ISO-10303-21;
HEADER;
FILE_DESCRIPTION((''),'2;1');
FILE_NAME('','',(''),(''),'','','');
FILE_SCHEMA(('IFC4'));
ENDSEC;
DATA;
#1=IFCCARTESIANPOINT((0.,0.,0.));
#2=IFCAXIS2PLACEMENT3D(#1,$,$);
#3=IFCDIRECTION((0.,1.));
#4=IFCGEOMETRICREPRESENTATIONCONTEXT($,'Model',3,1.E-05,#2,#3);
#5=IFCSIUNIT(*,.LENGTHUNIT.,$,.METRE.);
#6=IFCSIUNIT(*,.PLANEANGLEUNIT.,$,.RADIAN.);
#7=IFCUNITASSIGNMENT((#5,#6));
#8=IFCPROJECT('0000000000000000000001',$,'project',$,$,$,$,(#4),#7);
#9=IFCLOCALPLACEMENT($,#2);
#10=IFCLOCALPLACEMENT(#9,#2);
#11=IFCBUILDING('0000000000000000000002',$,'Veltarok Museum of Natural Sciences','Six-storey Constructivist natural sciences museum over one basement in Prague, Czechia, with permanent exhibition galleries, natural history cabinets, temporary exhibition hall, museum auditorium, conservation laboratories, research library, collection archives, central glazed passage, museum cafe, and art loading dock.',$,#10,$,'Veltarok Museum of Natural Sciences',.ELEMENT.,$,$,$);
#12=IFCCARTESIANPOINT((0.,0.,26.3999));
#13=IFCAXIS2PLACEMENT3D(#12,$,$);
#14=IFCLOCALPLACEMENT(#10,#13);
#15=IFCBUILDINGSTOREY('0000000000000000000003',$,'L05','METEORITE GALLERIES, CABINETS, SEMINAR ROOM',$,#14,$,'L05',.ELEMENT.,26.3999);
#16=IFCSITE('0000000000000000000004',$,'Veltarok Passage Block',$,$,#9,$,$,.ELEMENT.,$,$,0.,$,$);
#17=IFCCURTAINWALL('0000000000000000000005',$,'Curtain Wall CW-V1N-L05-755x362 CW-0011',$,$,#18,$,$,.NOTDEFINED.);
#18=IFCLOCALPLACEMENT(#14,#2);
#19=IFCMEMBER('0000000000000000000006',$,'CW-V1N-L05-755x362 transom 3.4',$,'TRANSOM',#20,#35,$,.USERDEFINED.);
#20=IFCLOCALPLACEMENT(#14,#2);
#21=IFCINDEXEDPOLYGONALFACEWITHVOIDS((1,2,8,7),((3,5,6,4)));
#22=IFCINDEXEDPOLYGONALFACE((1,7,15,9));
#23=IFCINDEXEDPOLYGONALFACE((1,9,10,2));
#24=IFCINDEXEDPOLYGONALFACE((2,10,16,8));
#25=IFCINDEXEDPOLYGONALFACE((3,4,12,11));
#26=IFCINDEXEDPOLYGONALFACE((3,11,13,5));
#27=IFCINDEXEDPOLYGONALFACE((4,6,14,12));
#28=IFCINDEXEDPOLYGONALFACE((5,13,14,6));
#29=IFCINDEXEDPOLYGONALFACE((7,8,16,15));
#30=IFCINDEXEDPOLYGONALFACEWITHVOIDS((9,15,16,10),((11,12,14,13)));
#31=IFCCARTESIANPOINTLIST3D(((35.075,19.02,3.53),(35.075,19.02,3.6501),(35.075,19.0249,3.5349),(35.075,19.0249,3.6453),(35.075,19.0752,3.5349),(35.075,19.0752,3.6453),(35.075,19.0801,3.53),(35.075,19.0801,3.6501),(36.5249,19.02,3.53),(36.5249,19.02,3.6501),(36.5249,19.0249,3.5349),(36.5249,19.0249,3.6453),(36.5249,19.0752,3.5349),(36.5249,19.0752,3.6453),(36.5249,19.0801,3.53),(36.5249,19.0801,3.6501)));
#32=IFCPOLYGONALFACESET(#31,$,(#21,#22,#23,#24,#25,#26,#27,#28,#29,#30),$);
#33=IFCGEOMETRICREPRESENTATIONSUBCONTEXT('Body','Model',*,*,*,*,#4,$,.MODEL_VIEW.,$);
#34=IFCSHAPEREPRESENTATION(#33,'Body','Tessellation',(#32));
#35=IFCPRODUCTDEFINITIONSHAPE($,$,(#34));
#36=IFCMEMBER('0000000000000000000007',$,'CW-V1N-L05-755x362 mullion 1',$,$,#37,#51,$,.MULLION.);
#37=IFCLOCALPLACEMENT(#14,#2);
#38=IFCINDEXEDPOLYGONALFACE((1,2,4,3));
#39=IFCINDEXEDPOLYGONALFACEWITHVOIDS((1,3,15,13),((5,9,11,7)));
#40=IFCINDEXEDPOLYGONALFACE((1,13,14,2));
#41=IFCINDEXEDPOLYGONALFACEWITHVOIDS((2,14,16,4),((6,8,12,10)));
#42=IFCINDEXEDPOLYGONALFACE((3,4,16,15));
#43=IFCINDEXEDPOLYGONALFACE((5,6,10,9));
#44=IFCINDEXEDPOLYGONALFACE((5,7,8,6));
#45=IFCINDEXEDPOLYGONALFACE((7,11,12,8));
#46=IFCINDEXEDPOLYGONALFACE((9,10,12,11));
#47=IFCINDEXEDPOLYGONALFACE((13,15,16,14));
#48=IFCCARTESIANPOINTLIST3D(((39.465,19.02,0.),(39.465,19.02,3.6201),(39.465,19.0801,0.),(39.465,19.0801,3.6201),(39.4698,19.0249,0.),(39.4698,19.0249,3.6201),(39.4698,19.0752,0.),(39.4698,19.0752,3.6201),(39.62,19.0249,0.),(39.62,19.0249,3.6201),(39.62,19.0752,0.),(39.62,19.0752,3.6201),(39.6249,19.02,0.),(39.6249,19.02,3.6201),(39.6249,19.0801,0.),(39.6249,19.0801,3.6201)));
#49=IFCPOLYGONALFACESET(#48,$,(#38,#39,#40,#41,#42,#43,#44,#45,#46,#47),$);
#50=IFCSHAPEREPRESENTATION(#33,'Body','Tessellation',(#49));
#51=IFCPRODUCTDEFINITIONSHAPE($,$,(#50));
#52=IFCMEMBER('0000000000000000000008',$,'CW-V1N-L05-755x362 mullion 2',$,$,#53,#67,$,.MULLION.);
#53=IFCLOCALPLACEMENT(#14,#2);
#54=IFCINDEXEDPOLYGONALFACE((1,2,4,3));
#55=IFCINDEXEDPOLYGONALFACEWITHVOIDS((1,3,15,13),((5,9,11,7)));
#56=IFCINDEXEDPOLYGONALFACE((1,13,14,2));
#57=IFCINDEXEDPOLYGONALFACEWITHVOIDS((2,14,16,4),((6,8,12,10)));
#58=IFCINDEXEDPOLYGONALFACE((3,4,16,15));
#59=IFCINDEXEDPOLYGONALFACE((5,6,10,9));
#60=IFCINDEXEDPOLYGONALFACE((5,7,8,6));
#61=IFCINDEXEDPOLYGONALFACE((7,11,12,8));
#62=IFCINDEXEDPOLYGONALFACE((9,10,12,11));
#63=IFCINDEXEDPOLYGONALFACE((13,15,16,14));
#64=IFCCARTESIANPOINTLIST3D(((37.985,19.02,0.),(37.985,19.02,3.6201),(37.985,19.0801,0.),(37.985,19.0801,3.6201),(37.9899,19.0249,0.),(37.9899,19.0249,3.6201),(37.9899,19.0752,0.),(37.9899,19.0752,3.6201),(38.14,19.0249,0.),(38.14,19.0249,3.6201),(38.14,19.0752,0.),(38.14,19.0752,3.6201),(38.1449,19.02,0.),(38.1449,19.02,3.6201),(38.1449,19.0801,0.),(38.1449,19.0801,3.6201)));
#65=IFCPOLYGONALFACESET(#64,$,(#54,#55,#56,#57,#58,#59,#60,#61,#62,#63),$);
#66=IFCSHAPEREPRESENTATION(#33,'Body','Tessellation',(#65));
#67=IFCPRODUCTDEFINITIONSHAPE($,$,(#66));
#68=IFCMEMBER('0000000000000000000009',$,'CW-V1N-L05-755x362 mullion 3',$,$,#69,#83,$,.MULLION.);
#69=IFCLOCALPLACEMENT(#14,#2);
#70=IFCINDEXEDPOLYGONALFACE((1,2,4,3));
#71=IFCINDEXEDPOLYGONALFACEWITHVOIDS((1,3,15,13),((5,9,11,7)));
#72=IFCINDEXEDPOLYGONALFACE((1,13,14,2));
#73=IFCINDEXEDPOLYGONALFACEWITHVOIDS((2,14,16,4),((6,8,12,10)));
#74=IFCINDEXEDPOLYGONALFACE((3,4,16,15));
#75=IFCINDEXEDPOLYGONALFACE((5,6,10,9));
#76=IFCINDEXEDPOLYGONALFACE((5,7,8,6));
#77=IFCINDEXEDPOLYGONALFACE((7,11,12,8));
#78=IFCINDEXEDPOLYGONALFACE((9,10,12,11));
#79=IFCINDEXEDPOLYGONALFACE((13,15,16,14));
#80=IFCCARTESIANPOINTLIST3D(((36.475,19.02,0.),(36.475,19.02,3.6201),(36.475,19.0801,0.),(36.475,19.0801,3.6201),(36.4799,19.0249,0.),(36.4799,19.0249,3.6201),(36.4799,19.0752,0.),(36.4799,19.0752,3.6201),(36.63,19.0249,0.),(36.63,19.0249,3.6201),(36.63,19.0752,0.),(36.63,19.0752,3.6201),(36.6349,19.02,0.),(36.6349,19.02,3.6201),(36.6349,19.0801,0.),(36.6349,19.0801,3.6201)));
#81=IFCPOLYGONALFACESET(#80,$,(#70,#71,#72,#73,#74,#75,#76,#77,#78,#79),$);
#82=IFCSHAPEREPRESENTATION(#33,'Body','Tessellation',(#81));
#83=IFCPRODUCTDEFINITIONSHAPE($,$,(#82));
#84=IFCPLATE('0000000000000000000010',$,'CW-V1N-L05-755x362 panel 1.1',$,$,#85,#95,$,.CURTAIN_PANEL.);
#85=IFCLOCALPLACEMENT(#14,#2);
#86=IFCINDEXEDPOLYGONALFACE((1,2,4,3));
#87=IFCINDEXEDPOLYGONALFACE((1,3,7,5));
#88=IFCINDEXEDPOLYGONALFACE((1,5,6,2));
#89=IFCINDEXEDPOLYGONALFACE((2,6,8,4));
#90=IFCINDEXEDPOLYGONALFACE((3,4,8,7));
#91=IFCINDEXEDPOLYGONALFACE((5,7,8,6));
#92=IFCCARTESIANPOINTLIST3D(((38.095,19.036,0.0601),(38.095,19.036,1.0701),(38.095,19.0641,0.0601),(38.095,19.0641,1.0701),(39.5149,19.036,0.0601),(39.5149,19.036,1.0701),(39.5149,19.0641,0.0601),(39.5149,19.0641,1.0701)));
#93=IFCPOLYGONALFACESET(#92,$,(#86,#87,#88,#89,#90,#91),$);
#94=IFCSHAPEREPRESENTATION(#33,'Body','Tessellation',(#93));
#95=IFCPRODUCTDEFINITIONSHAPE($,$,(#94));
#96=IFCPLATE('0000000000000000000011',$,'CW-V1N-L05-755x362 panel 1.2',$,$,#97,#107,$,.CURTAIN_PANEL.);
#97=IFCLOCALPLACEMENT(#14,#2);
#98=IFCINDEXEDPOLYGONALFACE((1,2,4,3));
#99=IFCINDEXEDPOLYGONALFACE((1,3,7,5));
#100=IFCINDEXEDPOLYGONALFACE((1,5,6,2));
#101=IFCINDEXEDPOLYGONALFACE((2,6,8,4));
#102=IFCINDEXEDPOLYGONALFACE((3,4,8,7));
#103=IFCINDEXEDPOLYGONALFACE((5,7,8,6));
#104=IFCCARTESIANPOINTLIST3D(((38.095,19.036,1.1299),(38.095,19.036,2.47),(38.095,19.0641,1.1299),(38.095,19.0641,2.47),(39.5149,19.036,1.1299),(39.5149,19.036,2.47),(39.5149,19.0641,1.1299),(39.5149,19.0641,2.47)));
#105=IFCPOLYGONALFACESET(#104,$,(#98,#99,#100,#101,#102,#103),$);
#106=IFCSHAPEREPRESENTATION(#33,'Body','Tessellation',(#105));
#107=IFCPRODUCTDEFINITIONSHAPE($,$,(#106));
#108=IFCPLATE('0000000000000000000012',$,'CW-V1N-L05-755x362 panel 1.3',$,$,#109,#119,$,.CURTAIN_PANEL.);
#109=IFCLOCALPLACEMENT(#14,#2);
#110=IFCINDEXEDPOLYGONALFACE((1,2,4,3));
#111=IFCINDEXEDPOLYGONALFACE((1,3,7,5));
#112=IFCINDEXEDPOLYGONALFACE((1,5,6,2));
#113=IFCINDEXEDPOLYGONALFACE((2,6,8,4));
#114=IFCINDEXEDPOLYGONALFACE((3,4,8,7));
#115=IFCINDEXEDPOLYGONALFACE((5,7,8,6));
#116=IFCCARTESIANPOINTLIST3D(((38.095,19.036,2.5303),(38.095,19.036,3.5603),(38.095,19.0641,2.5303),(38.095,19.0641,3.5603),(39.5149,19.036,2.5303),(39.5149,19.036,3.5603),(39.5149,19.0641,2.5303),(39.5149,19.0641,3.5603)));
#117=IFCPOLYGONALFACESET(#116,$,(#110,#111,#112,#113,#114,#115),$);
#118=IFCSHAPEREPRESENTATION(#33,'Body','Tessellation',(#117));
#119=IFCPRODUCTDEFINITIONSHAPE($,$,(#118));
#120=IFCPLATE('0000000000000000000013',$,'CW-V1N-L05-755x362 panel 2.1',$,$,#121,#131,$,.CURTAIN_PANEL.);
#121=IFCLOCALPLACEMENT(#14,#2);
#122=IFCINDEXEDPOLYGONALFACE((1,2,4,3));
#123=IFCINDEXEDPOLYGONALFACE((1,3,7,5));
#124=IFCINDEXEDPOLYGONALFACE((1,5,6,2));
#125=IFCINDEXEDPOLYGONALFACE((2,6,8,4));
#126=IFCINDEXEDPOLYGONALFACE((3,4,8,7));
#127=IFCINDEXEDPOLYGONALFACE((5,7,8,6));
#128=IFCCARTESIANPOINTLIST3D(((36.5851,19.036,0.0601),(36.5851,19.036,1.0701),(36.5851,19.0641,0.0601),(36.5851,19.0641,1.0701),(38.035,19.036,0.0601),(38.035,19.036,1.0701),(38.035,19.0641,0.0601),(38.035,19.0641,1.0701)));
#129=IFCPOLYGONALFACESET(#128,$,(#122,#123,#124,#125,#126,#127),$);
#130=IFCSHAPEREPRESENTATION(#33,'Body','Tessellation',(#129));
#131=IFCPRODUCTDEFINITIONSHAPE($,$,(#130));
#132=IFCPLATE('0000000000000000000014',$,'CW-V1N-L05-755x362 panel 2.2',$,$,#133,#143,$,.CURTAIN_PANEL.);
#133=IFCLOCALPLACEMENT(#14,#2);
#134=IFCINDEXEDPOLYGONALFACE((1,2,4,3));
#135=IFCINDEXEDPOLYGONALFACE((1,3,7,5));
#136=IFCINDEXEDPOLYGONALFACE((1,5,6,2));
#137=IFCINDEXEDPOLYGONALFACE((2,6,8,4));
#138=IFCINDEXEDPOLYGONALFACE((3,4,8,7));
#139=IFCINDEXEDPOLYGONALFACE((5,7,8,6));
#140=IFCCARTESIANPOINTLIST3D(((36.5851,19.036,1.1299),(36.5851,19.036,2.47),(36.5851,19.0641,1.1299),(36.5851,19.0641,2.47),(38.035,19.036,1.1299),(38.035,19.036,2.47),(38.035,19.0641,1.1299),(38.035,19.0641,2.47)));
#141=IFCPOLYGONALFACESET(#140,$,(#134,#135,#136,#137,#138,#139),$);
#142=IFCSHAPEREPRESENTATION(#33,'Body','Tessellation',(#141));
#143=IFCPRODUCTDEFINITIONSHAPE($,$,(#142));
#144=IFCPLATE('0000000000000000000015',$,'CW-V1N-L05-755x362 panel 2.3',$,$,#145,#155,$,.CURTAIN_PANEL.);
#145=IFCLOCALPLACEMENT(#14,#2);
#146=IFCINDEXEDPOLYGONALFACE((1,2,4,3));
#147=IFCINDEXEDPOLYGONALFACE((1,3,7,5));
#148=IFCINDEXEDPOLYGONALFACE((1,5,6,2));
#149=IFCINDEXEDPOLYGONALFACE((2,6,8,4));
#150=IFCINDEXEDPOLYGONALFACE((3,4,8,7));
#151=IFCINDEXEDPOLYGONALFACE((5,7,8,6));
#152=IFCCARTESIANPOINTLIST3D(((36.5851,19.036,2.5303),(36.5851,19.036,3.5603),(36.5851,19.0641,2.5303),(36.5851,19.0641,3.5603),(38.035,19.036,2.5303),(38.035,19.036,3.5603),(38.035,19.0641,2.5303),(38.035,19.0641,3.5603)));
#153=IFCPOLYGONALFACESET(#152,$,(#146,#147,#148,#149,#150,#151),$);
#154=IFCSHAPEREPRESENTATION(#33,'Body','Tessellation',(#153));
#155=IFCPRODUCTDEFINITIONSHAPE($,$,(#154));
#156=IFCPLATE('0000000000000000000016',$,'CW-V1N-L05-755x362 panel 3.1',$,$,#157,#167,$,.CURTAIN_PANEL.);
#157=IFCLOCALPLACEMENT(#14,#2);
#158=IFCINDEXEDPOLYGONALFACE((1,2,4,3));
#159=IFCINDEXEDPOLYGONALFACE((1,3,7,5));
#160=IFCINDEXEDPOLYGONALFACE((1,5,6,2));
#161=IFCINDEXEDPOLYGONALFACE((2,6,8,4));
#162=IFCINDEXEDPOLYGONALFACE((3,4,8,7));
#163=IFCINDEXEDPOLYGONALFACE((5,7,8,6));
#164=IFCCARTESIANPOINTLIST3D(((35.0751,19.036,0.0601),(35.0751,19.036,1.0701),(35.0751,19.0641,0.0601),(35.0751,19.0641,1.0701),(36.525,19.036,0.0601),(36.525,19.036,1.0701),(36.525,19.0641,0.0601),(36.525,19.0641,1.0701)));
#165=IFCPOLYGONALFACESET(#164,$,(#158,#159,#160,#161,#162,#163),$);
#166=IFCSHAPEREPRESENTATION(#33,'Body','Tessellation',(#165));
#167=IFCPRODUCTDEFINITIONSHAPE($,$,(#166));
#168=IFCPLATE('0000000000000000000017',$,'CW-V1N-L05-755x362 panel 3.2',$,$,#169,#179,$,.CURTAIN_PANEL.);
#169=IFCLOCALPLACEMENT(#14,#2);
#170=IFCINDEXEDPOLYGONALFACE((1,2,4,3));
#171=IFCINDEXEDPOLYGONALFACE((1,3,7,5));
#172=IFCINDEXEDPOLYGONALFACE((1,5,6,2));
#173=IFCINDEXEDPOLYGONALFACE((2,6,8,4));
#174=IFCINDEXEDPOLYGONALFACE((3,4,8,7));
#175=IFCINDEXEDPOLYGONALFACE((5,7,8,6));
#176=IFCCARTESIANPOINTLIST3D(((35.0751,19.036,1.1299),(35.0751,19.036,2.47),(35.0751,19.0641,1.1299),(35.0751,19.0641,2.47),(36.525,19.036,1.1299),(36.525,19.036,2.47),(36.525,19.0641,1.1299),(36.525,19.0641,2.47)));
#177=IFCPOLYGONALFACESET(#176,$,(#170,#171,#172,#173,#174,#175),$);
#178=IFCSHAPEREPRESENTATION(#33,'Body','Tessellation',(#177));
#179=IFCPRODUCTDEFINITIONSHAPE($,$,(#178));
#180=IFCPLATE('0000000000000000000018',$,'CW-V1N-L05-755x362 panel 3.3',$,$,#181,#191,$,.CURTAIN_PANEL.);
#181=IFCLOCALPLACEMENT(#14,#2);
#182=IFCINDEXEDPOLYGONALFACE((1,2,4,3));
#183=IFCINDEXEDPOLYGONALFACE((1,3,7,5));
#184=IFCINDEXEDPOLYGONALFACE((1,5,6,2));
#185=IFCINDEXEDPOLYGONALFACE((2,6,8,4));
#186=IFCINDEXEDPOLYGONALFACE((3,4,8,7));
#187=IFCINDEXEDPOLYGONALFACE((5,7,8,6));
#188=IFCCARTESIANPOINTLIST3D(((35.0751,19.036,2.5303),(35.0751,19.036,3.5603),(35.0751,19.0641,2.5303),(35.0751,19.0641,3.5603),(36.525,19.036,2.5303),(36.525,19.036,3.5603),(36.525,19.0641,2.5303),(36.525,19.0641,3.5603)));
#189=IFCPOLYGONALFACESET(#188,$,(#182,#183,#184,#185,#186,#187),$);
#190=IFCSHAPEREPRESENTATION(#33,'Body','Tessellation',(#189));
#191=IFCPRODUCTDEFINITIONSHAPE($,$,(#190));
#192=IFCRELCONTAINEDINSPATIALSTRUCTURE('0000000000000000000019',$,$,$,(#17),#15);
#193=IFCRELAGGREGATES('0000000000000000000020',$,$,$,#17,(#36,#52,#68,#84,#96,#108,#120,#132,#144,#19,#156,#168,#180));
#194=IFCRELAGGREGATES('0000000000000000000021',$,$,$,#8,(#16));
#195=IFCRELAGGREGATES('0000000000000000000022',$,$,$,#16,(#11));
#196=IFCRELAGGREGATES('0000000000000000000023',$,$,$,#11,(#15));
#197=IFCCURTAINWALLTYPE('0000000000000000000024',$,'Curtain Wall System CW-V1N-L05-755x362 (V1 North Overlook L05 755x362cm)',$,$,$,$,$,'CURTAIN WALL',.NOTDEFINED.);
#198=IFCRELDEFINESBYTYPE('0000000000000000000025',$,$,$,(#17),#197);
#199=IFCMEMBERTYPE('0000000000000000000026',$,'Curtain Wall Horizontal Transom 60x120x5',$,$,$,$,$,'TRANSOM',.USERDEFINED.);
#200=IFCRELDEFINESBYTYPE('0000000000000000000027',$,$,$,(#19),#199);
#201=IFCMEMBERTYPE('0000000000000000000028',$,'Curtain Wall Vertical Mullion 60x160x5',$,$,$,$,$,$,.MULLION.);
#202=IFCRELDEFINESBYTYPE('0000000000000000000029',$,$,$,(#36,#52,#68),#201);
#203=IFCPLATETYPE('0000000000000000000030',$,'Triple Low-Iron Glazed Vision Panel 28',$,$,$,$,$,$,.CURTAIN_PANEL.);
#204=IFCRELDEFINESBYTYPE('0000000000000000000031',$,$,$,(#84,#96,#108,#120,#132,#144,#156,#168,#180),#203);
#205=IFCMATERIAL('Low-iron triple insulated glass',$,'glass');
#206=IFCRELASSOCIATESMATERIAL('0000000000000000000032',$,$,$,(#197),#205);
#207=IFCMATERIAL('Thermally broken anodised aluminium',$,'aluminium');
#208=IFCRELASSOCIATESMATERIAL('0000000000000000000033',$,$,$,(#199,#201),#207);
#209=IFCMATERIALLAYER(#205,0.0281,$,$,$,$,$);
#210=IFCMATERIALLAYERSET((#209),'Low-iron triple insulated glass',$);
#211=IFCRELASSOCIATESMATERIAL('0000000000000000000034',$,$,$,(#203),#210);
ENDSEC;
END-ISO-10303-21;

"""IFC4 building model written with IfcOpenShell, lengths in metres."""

from ifc_helpers import new_model, si_unit, direction, frame, origin, origin_2d, place, context, subcontext, project, spatial, rectangle, hollow_rectangle, extrude, material, layer, layer_set, material_profile, profile_set, type_object, element, aggregate, save


model = new_model("IFC4")

# Units and contexts
model_context = context("Model", 3, precision=1e-05, world=origin(), true_north=direction((0.0, 1.0)))
body_context = subcontext(model_context, "Body", "Model", "MODEL_VIEW")
ifc_project = project(units=[si_unit("LENGTHUNIT", "METRE"), si_unit("PLANEANGLEUNIT", "RADIAN")], contexts=[model_context])

# Site, building, storey
site_placement = place(None, origin())
site = spatial("IfcSite", under=ifc_project, at=site_placement, Name="Veltarok Passage Block", CompositionType="ELEMENT", RefElevation=0.0)
building_placement = place(site_placement, origin())
building = spatial("IfcBuilding", under=site, at=building_placement, Name="Veltarok Museum of Natural Sciences", Description="Six-storey Constructivist natural sciences museum over one basement in Prague, Czechia, with permanent exhibition galleries, natural history cabinets, temporary exhibition hall, museum auditorium, conservation laboratories, research library, collection archives, central glazed passage, museum cafe, and art loading dock.", LongName="Veltarok Museum of Natural Sciences", CompositionType="ELEMENT")
storey_placement = place(building_placement, frame((0.0, 0.0, 26.3999)))
storey = spatial("IfcBuildingStorey", under=building, at=storey_placement, Name="L05", Description="METEORITE GALLERIES, CABINETS, SEMINAR ROOM", LongName="L05", CompositionType="ELEMENT", Elevation=26.3999)

# Curtain wall, members, plates
ifc_material_1 = material(Name="Low-iron triple insulated glass", Category="glass")
curtain_wall_type = type_object("IfcCurtainWallType", Name="Curtain Wall System CW-V1N-L05-755x362 (V1 North Overlook L05 755x362cm)", ElementType="CURTAIN WALL", PredefinedType="NOTDEFINED", material=ifc_material_1)
curtain_wall_placement = place(storey_placement, origin())
curtain_wall = element("IfcCurtainWall", 1, at=curtain_wall_placement, inside=storey, type_object=curtain_wall_type, Name="Curtain Wall CW-V1N-L05-755x362 CW-0011", PredefinedType="NOTDEFINED")
ifc_material_2 = material(Name="Thermally broken anodised aluminium", Category="aluminium")
ifc_material_profile_1 = material_profile(ifc_material_2, hollow_rectangle(XDim=0.0601, YDim=0.1201, WallThickness=0.0049, at=origin_2d()), Name="CW TRANSOM 60x120x5")
ifc_profile_set_1 = profile_set([ifc_material_profile_1], Name="Thermally broken anodised aluminium")
member_type_1 = type_object("IfcMemberType", Name="Curtain Wall Horizontal Transom 60x120x5", ElementType="TRANSOM", PredefinedType="USERDEFINED", material=ifc_profile_set_1)
member_1_placement = place(storey_placement, frame((36.5249, 19.05, 3.5901), z_axis=(-1.0, 0.0, 0.0), x_axis=(0.0, -1.0, 0.0)))
member_1 = element("IfcMember", 2, at=member_1_placement, type_object=member_type_1, Name="CW-V1N-L05-755x362 transom 3.4", ObjectType="TRANSOM", PredefinedType="USERDEFINED", context=body_context, shape_type="SweptSolid", body=[
    extrude(hollow_rectangle(XDim=0.0601, YDim=0.1201, WallThickness=0.0049, at=origin_2d()), origin(), (0.0, 0.0, 1.0), 1.45),
])
ifc_material_profile_2 = material_profile(ifc_material_2, hollow_rectangle(XDim=0.0601, YDim=0.1599, WallThickness=0.0049, at=origin_2d()), Name="CW MULLION 60x160x5")
ifc_profile_set_2 = profile_set([ifc_material_profile_2], Name="Thermally broken anodised aluminium")
member_type_2 = type_object("IfcMemberType", Name="Curtain Wall Vertical Mullion 60x160x5", PredefinedType="MULLION", material=ifc_profile_set_2)
member_2_placement = place(storey_placement, frame((39.5449, 19.05, 0.0), z_axis=(0.0, 0.0, 1.0), x_axis=(0.0, -1.0, 0.0)))
member_2 = element("IfcMember", 3, at=member_2_placement, type_object=member_type_2, Name="CW-V1N-L05-755x362 mullion 1", PredefinedType="MULLION", context=body_context, shape_type="SweptSolid", body=[
    extrude(hollow_rectangle(XDim=0.0601, YDim=0.1599, WallThickness=0.0049, at=origin_2d()), origin(), (0.0, 0.0, 1.0), 3.6201),
])
member_3_placement = place(storey_placement, frame((38.0649, 19.05, 0.0), z_axis=(0.0, 0.0, 1.0), x_axis=(0.0, -1.0, 0.0)))
member_3 = element("IfcMember", 4, at=member_3_placement, type_object=member_type_2, Name="CW-V1N-L05-755x362 mullion 2", PredefinedType="MULLION", context=body_context, shape_type="SweptSolid", body=[
    extrude(hollow_rectangle(XDim=0.0601, YDim=0.1599, WallThickness=0.0049, at=origin_2d()), origin(), (0.0, 0.0, 1.0), 3.6201),
])
member_4_placement = place(storey_placement, frame((36.5549, 19.05, 0.0), z_axis=(0.0, 0.0, 1.0), x_axis=(0.0, -1.0, 0.0)))
member_4 = element("IfcMember", 5, at=member_4_placement, type_object=member_type_2, Name="CW-V1N-L05-755x362 mullion 3", PredefinedType="MULLION", context=body_context, shape_type="SweptSolid", body=[
    extrude(hollow_rectangle(XDim=0.0601, YDim=0.1599, WallThickness=0.0049, at=origin_2d()), origin(), (0.0, 0.0, 1.0), 3.6201),
])
ifc_layer = layer(ifc_material_1, 0.0281)
ifc_layer_set = layer_set([ifc_layer], Name="Low-iron triple insulated glass")
plate_type = type_object("IfcPlateType", Name="Triple Low-Iron Glazed Vision Panel 28", PredefinedType="CURTAIN_PANEL", material=ifc_layer_set)
plate_1_placement = place(storey_placement, frame((38.8049, 19.05, 0.0601), z_axis=(0.0, 0.0, 1.0), x_axis=(-1.0, 0.0, 0.0)))
plate_1 = element("IfcPlate", 6, at=plate_1_placement, type_object=plate_type, Name="CW-V1N-L05-755x362 panel 1.1", PredefinedType="CURTAIN_PANEL", context=body_context, shape_type="SweptSolid", body=[
    extrude(rectangle(XDim=1.4199, YDim=0.0281, at=origin_2d()), origin(), (0.0, 0.0, 1.0), 1.01),
])
plate_2_placement = place(storey_placement, frame((38.8049, 19.05, 1.1299), z_axis=(0.0, 0.0, 1.0), x_axis=(-1.0, 0.0, 0.0)))
plate_2 = element("IfcPlate", 7, at=plate_2_placement, type_object=plate_type, Name="CW-V1N-L05-755x362 panel 1.2", PredefinedType="CURTAIN_PANEL", context=body_context, shape_type="SweptSolid", body=[
    extrude(rectangle(XDim=1.4199, YDim=0.0281, at=origin_2d()), origin(), (0.0, 0.0, 1.0), 1.3401),
])
plate_3_placement = place(storey_placement, frame((38.8049, 19.05, 2.5303), z_axis=(0.0, 0.0, 1.0), x_axis=(-1.0, 0.0, 0.0)))
plate_3 = element("IfcPlate", 8, at=plate_3_placement, type_object=plate_type, Name="CW-V1N-L05-755x362 panel 1.3", PredefinedType="CURTAIN_PANEL", context=body_context, shape_type="SweptSolid", body=[
    extrude(rectangle(XDim=1.4199, YDim=0.0281, at=origin_2d()), origin(), (0.0, 0.0, 1.0), 1.03),
])
plate_4_placement = place(storey_placement, frame((37.3101, 19.05, 0.0601), z_axis=(0.0, 0.0, 1.0), x_axis=(-1.0, 0.0, 0.0)))
plate_4 = element("IfcPlate", 9, at=plate_4_placement, type_object=plate_type, Name="CW-V1N-L05-755x362 panel 2.1", PredefinedType="CURTAIN_PANEL", context=body_context, shape_type="SweptSolid", body=[
    extrude(rectangle(XDim=1.45, YDim=0.0281, at=origin_2d()), origin(), (0.0, 0.0, 1.0), 1.01),
])
plate_5_placement = place(storey_placement, frame((37.3101, 19.05, 1.1299), z_axis=(0.0, 0.0, 1.0), x_axis=(-1.0, 0.0, 0.0)))
plate_5 = element("IfcPlate", 10, at=plate_5_placement, type_object=plate_type, Name="CW-V1N-L05-755x362 panel 2.2", PredefinedType="CURTAIN_PANEL", context=body_context, shape_type="SweptSolid", body=[
    extrude(rectangle(XDim=1.45, YDim=0.0281, at=origin_2d()), origin(), (0.0, 0.0, 1.0), 1.3401),
])
plate_6_placement = place(storey_placement, frame((37.3101, 19.05, 2.5303), z_axis=(0.0, 0.0, 1.0), x_axis=(-1.0, 0.0, 0.0)))
plate_6 = element("IfcPlate", 11, at=plate_6_placement, type_object=plate_type, Name="CW-V1N-L05-755x362 panel 2.3", PredefinedType="CURTAIN_PANEL", context=body_context, shape_type="SweptSolid", body=[
    extrude(rectangle(XDim=1.45, YDim=0.0281, at=origin_2d()), origin(), (0.0, 0.0, 1.0), 1.03),
])
plate_7_placement = place(storey_placement, frame((35.8, 19.05, 0.0601), z_axis=(0.0, 0.0, 1.0), x_axis=(-1.0, 0.0, 0.0)))
plate_7 = element("IfcPlate", 12, at=plate_7_placement, type_object=plate_type, Name="CW-V1N-L05-755x362 panel 3.1", PredefinedType="CURTAIN_PANEL", context=body_context, shape_type="SweptSolid", body=[
    extrude(rectangle(XDim=1.45, YDim=0.0281, at=origin_2d()), origin(), (0.0, 0.0, 1.0), 1.01),
])
plate_8_placement = place(storey_placement, frame((35.8, 19.05, 1.1299), z_axis=(0.0, 0.0, 1.0), x_axis=(-1.0, 0.0, 0.0)))
plate_8 = element("IfcPlate", 13, at=plate_8_placement, type_object=plate_type, Name="CW-V1N-L05-755x362 panel 3.2", PredefinedType="CURTAIN_PANEL", context=body_context, shape_type="SweptSolid", body=[
    extrude(rectangle(XDim=1.45, YDim=0.0281, at=origin_2d()), origin(), (0.0, 0.0, 1.0), 1.3401),
])
plate_9_placement = place(storey_placement, frame((35.8, 19.05, 2.5303), z_axis=(0.0, 0.0, 1.0), x_axis=(-1.0, 0.0, 0.0)))
plate_9 = element("IfcPlate", 14, at=plate_9_placement, type_object=plate_type, Name="CW-V1N-L05-755x362 panel 3.3", PredefinedType="CURTAIN_PANEL", context=body_context, shape_type="SweptSolid", body=[
    extrude(rectangle(XDim=1.45, YDim=0.0281, at=origin_2d()), origin(), (0.0, 0.0, 1.0), 1.03),
])
aggregate(curtain_wall, [member_2, member_3, member_4, plate_1, plate_2, plate_3, plate_4, plate_5, plate_6, member_1, plate_7, plate_8, plate_9])

save(model, "model.ifc")
